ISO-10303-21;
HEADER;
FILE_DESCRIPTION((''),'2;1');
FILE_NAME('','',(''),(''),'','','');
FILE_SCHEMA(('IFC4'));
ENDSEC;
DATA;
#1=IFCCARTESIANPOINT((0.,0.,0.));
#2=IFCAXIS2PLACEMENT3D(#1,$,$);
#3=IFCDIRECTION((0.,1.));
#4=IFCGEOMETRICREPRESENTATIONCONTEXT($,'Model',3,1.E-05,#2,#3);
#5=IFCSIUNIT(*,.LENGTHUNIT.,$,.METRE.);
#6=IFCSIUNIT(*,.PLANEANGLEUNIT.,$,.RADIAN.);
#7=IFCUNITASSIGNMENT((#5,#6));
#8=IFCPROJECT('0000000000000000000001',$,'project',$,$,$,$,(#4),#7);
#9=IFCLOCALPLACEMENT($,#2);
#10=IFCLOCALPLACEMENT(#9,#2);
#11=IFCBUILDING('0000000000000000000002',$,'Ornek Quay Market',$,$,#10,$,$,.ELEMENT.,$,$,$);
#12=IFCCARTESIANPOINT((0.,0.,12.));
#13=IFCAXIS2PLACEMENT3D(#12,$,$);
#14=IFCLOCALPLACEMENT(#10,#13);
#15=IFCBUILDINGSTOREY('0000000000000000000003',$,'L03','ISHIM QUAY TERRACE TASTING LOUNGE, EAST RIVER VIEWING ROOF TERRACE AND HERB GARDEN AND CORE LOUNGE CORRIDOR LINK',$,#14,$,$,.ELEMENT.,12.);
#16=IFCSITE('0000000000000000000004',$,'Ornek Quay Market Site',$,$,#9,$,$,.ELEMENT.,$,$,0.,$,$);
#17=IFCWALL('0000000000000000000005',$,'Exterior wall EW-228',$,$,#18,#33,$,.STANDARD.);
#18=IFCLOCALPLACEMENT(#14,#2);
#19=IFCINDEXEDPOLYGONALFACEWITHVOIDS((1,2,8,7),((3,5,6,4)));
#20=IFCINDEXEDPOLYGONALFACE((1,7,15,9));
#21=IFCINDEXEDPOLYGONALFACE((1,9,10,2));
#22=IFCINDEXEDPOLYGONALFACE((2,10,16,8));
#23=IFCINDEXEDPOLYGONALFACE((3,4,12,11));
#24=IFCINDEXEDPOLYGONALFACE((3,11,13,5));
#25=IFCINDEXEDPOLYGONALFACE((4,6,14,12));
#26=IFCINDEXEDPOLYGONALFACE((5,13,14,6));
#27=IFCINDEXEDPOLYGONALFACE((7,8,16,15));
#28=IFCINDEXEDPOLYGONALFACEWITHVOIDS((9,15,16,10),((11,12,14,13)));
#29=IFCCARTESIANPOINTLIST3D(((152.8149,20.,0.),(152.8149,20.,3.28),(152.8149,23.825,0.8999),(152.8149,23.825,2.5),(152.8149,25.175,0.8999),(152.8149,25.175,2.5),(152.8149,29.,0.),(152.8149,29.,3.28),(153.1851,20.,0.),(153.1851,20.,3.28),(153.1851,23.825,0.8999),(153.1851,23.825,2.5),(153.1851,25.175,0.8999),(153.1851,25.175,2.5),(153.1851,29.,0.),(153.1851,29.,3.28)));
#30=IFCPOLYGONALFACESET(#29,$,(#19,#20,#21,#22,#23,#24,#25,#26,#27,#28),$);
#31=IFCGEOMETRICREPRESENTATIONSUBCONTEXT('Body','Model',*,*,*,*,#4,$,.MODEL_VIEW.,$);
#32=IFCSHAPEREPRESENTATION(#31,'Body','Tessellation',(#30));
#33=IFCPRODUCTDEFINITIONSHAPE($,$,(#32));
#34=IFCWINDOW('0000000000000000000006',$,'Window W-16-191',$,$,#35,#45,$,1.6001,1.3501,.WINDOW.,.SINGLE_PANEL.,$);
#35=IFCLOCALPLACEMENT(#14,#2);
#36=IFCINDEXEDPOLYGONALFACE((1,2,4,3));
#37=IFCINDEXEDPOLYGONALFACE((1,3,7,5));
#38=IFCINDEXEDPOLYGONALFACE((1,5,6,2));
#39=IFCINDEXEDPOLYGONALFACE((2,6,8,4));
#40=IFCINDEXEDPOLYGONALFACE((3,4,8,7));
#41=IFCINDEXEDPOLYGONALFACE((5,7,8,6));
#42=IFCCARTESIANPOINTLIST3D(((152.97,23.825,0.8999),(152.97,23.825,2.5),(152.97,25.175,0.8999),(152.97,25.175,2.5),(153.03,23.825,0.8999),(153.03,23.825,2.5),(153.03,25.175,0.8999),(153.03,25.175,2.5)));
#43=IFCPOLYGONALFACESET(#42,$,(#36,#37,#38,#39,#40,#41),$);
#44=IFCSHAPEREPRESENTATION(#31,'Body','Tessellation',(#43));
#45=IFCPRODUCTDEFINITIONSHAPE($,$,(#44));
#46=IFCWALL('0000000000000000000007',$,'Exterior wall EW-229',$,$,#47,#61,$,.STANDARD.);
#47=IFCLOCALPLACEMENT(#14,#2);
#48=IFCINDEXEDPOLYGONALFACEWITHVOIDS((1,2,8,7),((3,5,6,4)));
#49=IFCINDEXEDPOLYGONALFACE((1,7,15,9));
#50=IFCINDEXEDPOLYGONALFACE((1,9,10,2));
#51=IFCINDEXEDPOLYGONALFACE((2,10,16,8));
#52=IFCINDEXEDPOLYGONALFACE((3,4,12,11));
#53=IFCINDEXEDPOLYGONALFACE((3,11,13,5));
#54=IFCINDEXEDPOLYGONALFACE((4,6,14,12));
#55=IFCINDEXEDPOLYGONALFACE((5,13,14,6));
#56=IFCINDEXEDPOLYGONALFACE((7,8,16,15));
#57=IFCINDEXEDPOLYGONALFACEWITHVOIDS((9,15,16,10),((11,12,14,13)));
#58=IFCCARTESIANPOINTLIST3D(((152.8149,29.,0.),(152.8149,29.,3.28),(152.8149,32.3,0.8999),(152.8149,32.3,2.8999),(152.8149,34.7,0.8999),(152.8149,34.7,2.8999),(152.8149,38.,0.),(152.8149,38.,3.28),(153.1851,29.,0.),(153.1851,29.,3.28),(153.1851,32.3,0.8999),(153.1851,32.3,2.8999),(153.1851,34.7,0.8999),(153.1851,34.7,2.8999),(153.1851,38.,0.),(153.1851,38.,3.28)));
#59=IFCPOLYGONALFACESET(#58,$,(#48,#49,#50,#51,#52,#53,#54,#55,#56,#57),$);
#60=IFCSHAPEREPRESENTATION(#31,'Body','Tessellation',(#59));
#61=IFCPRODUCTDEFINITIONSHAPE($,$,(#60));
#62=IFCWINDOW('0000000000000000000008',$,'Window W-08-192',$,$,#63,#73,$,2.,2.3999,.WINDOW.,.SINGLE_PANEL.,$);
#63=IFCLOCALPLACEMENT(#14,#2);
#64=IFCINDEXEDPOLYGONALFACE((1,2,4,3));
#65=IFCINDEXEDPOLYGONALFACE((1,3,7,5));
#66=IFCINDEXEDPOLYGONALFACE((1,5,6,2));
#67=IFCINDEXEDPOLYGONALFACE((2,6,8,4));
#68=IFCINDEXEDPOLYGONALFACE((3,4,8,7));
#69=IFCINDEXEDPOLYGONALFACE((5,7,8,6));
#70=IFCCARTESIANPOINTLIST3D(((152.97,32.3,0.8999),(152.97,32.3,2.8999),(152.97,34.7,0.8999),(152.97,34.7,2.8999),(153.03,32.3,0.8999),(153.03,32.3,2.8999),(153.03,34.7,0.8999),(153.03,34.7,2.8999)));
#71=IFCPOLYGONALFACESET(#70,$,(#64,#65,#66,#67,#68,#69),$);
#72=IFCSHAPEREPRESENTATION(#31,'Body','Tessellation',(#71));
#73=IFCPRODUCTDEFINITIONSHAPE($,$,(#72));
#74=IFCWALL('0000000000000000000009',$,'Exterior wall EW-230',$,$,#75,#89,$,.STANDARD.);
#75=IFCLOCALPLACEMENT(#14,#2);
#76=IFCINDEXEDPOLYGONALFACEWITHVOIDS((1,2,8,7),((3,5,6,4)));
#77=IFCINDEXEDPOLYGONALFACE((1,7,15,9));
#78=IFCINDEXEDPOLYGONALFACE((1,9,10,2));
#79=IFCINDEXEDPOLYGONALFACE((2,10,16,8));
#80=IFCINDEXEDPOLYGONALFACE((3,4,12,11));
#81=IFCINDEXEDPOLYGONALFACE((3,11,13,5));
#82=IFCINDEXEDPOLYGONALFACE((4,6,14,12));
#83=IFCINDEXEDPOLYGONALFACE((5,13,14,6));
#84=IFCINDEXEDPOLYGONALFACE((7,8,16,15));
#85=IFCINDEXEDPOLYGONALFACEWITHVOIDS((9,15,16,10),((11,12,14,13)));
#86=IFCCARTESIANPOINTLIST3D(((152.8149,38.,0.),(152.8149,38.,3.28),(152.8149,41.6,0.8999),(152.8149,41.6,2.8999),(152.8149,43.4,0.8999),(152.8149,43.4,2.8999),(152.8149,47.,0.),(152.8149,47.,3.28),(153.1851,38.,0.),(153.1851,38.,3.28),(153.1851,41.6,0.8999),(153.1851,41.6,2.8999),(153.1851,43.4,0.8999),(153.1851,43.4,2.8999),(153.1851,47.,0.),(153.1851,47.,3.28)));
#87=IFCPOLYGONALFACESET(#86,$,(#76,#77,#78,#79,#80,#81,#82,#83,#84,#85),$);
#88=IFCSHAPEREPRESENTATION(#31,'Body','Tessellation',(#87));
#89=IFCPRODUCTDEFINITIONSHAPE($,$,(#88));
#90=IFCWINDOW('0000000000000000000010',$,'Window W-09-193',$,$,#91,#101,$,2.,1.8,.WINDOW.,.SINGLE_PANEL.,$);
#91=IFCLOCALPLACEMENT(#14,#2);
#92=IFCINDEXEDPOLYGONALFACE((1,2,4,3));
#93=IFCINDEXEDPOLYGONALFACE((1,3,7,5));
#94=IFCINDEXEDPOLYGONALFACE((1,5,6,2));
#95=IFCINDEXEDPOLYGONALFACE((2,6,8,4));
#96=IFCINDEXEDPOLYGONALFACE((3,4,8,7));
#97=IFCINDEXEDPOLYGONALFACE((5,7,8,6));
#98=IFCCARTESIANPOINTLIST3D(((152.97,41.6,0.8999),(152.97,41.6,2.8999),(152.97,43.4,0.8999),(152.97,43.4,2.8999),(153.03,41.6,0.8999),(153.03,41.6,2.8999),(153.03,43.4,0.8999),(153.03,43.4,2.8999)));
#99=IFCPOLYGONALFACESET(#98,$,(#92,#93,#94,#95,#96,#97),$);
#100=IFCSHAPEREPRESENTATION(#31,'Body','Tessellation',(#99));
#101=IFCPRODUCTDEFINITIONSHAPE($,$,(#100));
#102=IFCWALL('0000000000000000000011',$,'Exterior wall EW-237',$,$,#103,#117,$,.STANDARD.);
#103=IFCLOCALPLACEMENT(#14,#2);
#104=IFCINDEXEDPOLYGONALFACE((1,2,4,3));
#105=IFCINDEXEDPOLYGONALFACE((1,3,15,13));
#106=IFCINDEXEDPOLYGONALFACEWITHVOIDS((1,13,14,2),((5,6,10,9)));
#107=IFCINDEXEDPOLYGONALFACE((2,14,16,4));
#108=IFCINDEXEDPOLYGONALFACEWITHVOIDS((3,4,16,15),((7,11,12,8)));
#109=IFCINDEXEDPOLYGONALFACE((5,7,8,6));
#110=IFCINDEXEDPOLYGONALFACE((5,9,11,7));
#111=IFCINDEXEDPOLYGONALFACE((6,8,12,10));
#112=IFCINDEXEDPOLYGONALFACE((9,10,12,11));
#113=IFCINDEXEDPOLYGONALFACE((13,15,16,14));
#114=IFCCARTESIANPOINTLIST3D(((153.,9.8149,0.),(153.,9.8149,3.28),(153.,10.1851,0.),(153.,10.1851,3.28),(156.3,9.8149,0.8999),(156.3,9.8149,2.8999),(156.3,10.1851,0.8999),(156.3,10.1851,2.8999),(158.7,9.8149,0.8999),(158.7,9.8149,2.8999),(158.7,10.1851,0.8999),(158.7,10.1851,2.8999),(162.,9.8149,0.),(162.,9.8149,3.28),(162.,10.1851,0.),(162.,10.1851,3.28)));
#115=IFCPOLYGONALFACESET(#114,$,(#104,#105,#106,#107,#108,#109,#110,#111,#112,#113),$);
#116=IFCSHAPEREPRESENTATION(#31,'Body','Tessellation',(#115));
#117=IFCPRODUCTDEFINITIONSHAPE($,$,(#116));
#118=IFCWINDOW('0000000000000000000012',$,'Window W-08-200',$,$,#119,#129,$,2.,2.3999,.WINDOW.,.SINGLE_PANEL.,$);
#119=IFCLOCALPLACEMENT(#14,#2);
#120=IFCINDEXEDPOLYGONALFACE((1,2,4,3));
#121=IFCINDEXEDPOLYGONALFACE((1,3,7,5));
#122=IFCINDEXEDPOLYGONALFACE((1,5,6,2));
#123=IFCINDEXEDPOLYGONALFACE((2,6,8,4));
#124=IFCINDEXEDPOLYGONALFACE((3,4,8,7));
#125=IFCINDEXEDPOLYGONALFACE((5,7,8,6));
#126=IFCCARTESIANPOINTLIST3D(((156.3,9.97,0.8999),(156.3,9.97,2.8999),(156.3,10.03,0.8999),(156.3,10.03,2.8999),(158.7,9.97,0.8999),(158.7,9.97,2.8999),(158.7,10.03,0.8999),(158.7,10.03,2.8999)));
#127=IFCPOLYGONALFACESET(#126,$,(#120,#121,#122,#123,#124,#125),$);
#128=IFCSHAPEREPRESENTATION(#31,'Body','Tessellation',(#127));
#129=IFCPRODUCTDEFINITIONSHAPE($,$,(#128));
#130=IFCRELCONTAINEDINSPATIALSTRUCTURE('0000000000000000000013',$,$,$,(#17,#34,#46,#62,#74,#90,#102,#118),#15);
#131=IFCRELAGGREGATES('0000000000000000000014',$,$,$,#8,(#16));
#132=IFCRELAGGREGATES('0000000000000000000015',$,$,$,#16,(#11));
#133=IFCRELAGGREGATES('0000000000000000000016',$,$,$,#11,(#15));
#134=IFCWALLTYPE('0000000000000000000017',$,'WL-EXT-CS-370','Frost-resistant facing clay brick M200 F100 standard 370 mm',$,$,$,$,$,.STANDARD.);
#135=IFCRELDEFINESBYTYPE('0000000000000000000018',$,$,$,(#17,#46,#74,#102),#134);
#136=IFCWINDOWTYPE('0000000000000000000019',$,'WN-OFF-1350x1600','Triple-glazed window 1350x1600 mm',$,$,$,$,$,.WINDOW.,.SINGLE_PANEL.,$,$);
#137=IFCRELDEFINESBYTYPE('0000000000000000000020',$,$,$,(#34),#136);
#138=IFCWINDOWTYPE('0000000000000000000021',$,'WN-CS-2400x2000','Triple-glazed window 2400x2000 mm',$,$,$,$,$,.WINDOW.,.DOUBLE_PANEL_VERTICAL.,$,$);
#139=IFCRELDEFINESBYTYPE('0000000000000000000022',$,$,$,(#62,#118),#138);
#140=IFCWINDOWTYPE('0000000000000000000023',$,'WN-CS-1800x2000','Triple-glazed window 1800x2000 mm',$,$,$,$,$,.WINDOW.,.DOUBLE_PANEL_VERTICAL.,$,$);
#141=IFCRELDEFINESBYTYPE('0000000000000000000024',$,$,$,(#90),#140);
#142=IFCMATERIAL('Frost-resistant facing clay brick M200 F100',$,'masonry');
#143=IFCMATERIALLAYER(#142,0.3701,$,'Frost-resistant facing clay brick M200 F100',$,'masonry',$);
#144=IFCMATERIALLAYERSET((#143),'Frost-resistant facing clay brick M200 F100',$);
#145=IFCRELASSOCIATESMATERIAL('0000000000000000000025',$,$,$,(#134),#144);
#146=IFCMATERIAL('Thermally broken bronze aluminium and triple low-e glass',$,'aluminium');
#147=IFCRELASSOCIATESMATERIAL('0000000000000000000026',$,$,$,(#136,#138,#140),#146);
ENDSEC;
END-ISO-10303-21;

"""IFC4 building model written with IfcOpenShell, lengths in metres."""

from ifc_helpers import new_model, si_unit, direction, frame, frame_2d, origin, place, context, subcontext, project, spatial, rectangle, extrude, material, layer, layer_set, type_object, element, fill, save


model = new_model("IFC4")

# Units and contexts
model_context = context("Model", 3, precision=1e-05, world=origin(), true_north=direction((0.0, 1.0)))
body_context = subcontext(model_context, "Body", "Model", "MODEL_VIEW")
ifc_project = project(units=[si_unit("LENGTHUNIT", "METRE"), si_unit("PLANEANGLEUNIT", "RADIAN")], contexts=[model_context])

# Site, building, storey
site_placement = place(None, origin())
site = spatial("IfcSite", under=ifc_project, at=site_placement, Name="Ornek Quay Market Site", CompositionType="ELEMENT", RefElevation=0.0)
building_placement = place(site_placement, origin())
building = spatial("IfcBuilding", under=site, at=building_placement, Name="Ornek Quay Market", CompositionType="ELEMENT")
storey_placement = place(building_placement, frame((0.0, 0.0, 12.0)))
storey = spatial("IfcBuildingStorey", under=building, at=storey_placement, Name="L03", Description="ISHIM QUAY TERRACE TASTING LOUNGE, EAST RIVER VIEWING ROOF TERRACE AND HERB GARDEN AND CORE LOUNGE CORRIDOR LINK", CompositionType="ELEMENT", Elevation=12.0)

# Walls, openings, windows
ifc_material_1 = material(Name="Frost-resistant facing clay brick M200 F100", Category="masonry")
ifc_layer_1 = layer(ifc_material_1, 0.3701, Name="Frost-resistant facing clay brick M200 F100", Category="masonry")
ifc_layer_set_1 = layer_set([ifc_layer_1], Name="Frost-resistant facing clay brick M200 F100")
wall_type = type_object("IfcWallType", Name="WL-EXT-CS-370", Description="Frost-resistant facing clay brick M200 F100 standard 370 mm", PredefinedType="STANDARD", material=ifc_layer_set_1)
ifc_material_2 = material(Name="Thermally broken bronze aluminium and triple low-e glass", Category="aluminium")
wall_1_placement = place(storey_placement, frame((153.0, 20.0, 0.0), z_axis=(0.0, 0.0, 1.0), x_axis=(0.0, 1.0, 0.0)))
wall_1 = element("IfcWall", 1, at=wall_1_placement, inside=storey, type_object=wall_type, Name="Exterior wall EW-228", PredefinedType="STANDARD", context=body_context, shape_type="SweptSolid", body=[
    extrude(rectangle(XDim=9.0, YDim=0.3701, at=frame_2d((4.5, 0.0))), origin(), (0.0, 0.0, 1.0), 3.28),
])
opening_1_placement = place(wall_1_placement, frame((3.825, 0.0, 0.8999)))
opening_1 = element("IfcOpeningElement", 2, at=opening_1_placement, cuts=wall_1, PredefinedType="OPENING", context=body_context, shape_type="SweptSolid", body=[
    extrude(rectangle(XDim=1.3501, YDim=1.6001, at=frame_2d((0.675, 0.8))), frame((0.0, 0.1951, 0.0), z_axis=(0.0, -1.0, 0.0), x_axis=(1.0, 0.0, 0.0)), (0.0, 0.0, 1.0), 0.3901),
])
window_type_1 = type_object("IfcWindowType", Name="WN-OFF-1350x1600", Description="Triple-glazed window 1350x1600 mm", PartitioningType="SINGLE_PANEL", PredefinedType="WINDOW", material=ifc_material_2)
window_1_placement = place(opening_1_placement, origin())
window_1 = element("IfcWindow", 3, at=window_1_placement, inside=storey, type_object=window_type_1, Name="Window W-16-191", OverallHeight=1.6001, OverallWidth=1.3501, PartitioningType="SINGLE_PANEL", PredefinedType="WINDOW", context=body_context, shape_type="SweptSolid", body=[
    extrude(rectangle(XDim=1.3501, YDim=1.6001, at=frame_2d((0.675, 0.8))), frame((0.0, 0.03, 0.0), z_axis=(0.0, -1.0, 0.0), x_axis=(1.0, 0.0, 0.0)), (0.0, 0.0, 1.0), 0.0601),
])
fill(opening_1, window_1)
wall_2_placement = place(storey_placement, frame((153.0, 29.0, 0.0), z_axis=(0.0, 0.0, 1.0), x_axis=(0.0, 1.0, 0.0)))
wall_2 = element("IfcWall", 4, at=wall_2_placement, inside=storey, type_object=wall_type, Name="Exterior wall EW-229", PredefinedType="STANDARD", context=body_context, shape_type="SweptSolid", body=[
    extrude(rectangle(XDim=9.0, YDim=0.3701, at=frame_2d((4.5, 0.0))), origin(), (0.0, 0.0, 1.0), 3.28),
])
opening_2_placement = place(wall_2_placement, frame((3.3, 0.0, 0.8999)))
opening_2 = element("IfcOpeningElement", 5, at=opening_2_placement, cuts=wall_2, PredefinedType="OPENING", context=body_context, shape_type="SweptSolid", body=[
    extrude(rectangle(XDim=2.3999, YDim=2.0, at=frame_2d((1.2, 1.0))), frame((0.0, 0.1951, 0.0), z_axis=(0.0, -1.0, 0.0), x_axis=(1.0, 0.0, 0.0)), (0.0, 0.0, 1.0), 0.3901),
])
window_type_2 = type_object("IfcWindowType", Name="WN-CS-2400x2000", Description="Triple-glazed window 2400x2000 mm", PartitioningType="DOUBLE_PANEL_VERTICAL", PredefinedType="WINDOW", material=ifc_material_2)
window_2_placement = place(opening_2_placement, origin())
window_2 = element("IfcWindow", 6, at=window_2_placement, inside=storey, type_object=window_type_2, Name="Window W-08-192", OverallHeight=2.0, OverallWidth=2.3999, PartitioningType="SINGLE_PANEL", PredefinedType="WINDOW", context=body_context, shape_type="SweptSolid", body=[
    extrude(rectangle(XDim=2.3999, YDim=2.0, at=frame_2d((1.2, 1.0))), frame((0.0, 0.03, 0.0), z_axis=(0.0, -1.0, 0.0), x_axis=(1.0, 0.0, 0.0)), (0.0, 0.0, 1.0), 0.0601),
])
fill(opening_2, window_2)
wall_3_placement = place(storey_placement, frame((153.0, 38.0, 0.0), z_axis=(0.0, 0.0, 1.0), x_axis=(0.0, 1.0, 0.0)))
wall_3 = element("IfcWall", 7, at=wall_3_placement, inside=storey, type_object=wall_type, Name="Exterior wall EW-230", PredefinedType="STANDARD", context=body_context, shape_type="SweptSolid", body=[
    extrude(rectangle(XDim=9.0, YDim=0.3701, at=frame_2d((4.5, 0.0))), origin(), (0.0, 0.0, 1.0), 3.28),
])
opening_3_placement = place(wall_3_placement, frame((3.6001, 0.0, 0.8999)))
opening_3 = element("IfcOpeningElement", 8, at=opening_3_placement, cuts=wall_3, PredefinedType="OPENING", context=body_context, shape_type="SweptSolid", body=[
    extrude(rectangle(XDim=1.8, YDim=2.0, at=frame_2d((0.8999, 1.0))), frame((0.0, 0.1951, 0.0), z_axis=(0.0, -1.0, 0.0), x_axis=(1.0, 0.0, 0.0)), (0.0, 0.0, 1.0), 0.3901),
])
window_type_3 = type_object("IfcWindowType", Name="WN-CS-1800x2000", Description="Triple-glazed window 1800x2000 mm", PartitioningType="DOUBLE_PANEL_VERTICAL", PredefinedType="WINDOW", material=ifc_material_2)
window_3_placement = place(opening_3_placement, origin())
window_3 = element("IfcWindow", 9, at=window_3_placement, inside=storey, type_object=window_type_3, Name="Window W-09-193", OverallHeight=2.0, OverallWidth=1.8, PartitioningType="SINGLE_PANEL", PredefinedType="WINDOW", context=body_context, shape_type="SweptSolid", body=[
    extrude(rectangle(XDim=1.8, YDim=2.0, at=frame_2d((0.8999, 1.0))), frame((0.0, 0.03, 0.0), z_axis=(0.0, -1.0, 0.0), x_axis=(1.0, 0.0, 0.0)), (0.0, 0.0, 1.0), 0.0601),
])
fill(opening_3, window_3)
wall_4_placement = place(storey_placement, frame((153.0, 10.0, 0.0), z_axis=(0.0, 0.0, 1.0), x_axis=(1.0, 0.0, 0.0)))
wall_4 = element("IfcWall", 10, at=wall_4_placement, inside=storey, type_object=wall_type, Name="Exterior wall EW-237", PredefinedType="STANDARD", context=body_context, shape_type="SweptSolid", body=[
    extrude(rectangle(XDim=9.0, YDim=0.3701, at=frame_2d((4.5, 0.0))), origin(), (0.0, 0.0, 1.0), 3.28),
])
opening_4_placement = place(wall_4_placement, frame((3.3, 0.0, 0.8999)))
opening_4 = element("IfcOpeningElement", 11, at=opening_4_placement, cuts=wall_4, PredefinedType="OPENING", context=body_context, shape_type="SweptSolid", body=[
    extrude(rectangle(XDim=2.3999, YDim=2.0, at=frame_2d((1.2, 1.0))), frame((0.0, 0.1951, 0.0), z_axis=(0.0, -1.0, 0.0), x_axis=(1.0, 0.0, 0.0)), (0.0, 0.0, 1.0), 0.3901),
])
window_4_placement = place(opening_4_placement, origin())
window_4 = element("IfcWindow", 12, at=window_4_placement, inside=storey, type_object=window_type_2, Name="Window W-08-200", OverallHeight=2.0, OverallWidth=2.3999, PartitioningType="SINGLE_PANEL", PredefinedType="WINDOW", context=body_context, shape_type="SweptSolid", body=[
    extrude(rectangle(XDim=2.3999, YDim=2.0, at=frame_2d((1.2, 1.0))), frame((0.0, 0.03, 0.0), z_axis=(0.0, -1.0, 0.0), x_axis=(1.0, 0.0, 0.0)), (0.0, 0.0, 1.0), 0.0601),
])
fill(opening_4, window_4)

save(model, "model.ifc")
